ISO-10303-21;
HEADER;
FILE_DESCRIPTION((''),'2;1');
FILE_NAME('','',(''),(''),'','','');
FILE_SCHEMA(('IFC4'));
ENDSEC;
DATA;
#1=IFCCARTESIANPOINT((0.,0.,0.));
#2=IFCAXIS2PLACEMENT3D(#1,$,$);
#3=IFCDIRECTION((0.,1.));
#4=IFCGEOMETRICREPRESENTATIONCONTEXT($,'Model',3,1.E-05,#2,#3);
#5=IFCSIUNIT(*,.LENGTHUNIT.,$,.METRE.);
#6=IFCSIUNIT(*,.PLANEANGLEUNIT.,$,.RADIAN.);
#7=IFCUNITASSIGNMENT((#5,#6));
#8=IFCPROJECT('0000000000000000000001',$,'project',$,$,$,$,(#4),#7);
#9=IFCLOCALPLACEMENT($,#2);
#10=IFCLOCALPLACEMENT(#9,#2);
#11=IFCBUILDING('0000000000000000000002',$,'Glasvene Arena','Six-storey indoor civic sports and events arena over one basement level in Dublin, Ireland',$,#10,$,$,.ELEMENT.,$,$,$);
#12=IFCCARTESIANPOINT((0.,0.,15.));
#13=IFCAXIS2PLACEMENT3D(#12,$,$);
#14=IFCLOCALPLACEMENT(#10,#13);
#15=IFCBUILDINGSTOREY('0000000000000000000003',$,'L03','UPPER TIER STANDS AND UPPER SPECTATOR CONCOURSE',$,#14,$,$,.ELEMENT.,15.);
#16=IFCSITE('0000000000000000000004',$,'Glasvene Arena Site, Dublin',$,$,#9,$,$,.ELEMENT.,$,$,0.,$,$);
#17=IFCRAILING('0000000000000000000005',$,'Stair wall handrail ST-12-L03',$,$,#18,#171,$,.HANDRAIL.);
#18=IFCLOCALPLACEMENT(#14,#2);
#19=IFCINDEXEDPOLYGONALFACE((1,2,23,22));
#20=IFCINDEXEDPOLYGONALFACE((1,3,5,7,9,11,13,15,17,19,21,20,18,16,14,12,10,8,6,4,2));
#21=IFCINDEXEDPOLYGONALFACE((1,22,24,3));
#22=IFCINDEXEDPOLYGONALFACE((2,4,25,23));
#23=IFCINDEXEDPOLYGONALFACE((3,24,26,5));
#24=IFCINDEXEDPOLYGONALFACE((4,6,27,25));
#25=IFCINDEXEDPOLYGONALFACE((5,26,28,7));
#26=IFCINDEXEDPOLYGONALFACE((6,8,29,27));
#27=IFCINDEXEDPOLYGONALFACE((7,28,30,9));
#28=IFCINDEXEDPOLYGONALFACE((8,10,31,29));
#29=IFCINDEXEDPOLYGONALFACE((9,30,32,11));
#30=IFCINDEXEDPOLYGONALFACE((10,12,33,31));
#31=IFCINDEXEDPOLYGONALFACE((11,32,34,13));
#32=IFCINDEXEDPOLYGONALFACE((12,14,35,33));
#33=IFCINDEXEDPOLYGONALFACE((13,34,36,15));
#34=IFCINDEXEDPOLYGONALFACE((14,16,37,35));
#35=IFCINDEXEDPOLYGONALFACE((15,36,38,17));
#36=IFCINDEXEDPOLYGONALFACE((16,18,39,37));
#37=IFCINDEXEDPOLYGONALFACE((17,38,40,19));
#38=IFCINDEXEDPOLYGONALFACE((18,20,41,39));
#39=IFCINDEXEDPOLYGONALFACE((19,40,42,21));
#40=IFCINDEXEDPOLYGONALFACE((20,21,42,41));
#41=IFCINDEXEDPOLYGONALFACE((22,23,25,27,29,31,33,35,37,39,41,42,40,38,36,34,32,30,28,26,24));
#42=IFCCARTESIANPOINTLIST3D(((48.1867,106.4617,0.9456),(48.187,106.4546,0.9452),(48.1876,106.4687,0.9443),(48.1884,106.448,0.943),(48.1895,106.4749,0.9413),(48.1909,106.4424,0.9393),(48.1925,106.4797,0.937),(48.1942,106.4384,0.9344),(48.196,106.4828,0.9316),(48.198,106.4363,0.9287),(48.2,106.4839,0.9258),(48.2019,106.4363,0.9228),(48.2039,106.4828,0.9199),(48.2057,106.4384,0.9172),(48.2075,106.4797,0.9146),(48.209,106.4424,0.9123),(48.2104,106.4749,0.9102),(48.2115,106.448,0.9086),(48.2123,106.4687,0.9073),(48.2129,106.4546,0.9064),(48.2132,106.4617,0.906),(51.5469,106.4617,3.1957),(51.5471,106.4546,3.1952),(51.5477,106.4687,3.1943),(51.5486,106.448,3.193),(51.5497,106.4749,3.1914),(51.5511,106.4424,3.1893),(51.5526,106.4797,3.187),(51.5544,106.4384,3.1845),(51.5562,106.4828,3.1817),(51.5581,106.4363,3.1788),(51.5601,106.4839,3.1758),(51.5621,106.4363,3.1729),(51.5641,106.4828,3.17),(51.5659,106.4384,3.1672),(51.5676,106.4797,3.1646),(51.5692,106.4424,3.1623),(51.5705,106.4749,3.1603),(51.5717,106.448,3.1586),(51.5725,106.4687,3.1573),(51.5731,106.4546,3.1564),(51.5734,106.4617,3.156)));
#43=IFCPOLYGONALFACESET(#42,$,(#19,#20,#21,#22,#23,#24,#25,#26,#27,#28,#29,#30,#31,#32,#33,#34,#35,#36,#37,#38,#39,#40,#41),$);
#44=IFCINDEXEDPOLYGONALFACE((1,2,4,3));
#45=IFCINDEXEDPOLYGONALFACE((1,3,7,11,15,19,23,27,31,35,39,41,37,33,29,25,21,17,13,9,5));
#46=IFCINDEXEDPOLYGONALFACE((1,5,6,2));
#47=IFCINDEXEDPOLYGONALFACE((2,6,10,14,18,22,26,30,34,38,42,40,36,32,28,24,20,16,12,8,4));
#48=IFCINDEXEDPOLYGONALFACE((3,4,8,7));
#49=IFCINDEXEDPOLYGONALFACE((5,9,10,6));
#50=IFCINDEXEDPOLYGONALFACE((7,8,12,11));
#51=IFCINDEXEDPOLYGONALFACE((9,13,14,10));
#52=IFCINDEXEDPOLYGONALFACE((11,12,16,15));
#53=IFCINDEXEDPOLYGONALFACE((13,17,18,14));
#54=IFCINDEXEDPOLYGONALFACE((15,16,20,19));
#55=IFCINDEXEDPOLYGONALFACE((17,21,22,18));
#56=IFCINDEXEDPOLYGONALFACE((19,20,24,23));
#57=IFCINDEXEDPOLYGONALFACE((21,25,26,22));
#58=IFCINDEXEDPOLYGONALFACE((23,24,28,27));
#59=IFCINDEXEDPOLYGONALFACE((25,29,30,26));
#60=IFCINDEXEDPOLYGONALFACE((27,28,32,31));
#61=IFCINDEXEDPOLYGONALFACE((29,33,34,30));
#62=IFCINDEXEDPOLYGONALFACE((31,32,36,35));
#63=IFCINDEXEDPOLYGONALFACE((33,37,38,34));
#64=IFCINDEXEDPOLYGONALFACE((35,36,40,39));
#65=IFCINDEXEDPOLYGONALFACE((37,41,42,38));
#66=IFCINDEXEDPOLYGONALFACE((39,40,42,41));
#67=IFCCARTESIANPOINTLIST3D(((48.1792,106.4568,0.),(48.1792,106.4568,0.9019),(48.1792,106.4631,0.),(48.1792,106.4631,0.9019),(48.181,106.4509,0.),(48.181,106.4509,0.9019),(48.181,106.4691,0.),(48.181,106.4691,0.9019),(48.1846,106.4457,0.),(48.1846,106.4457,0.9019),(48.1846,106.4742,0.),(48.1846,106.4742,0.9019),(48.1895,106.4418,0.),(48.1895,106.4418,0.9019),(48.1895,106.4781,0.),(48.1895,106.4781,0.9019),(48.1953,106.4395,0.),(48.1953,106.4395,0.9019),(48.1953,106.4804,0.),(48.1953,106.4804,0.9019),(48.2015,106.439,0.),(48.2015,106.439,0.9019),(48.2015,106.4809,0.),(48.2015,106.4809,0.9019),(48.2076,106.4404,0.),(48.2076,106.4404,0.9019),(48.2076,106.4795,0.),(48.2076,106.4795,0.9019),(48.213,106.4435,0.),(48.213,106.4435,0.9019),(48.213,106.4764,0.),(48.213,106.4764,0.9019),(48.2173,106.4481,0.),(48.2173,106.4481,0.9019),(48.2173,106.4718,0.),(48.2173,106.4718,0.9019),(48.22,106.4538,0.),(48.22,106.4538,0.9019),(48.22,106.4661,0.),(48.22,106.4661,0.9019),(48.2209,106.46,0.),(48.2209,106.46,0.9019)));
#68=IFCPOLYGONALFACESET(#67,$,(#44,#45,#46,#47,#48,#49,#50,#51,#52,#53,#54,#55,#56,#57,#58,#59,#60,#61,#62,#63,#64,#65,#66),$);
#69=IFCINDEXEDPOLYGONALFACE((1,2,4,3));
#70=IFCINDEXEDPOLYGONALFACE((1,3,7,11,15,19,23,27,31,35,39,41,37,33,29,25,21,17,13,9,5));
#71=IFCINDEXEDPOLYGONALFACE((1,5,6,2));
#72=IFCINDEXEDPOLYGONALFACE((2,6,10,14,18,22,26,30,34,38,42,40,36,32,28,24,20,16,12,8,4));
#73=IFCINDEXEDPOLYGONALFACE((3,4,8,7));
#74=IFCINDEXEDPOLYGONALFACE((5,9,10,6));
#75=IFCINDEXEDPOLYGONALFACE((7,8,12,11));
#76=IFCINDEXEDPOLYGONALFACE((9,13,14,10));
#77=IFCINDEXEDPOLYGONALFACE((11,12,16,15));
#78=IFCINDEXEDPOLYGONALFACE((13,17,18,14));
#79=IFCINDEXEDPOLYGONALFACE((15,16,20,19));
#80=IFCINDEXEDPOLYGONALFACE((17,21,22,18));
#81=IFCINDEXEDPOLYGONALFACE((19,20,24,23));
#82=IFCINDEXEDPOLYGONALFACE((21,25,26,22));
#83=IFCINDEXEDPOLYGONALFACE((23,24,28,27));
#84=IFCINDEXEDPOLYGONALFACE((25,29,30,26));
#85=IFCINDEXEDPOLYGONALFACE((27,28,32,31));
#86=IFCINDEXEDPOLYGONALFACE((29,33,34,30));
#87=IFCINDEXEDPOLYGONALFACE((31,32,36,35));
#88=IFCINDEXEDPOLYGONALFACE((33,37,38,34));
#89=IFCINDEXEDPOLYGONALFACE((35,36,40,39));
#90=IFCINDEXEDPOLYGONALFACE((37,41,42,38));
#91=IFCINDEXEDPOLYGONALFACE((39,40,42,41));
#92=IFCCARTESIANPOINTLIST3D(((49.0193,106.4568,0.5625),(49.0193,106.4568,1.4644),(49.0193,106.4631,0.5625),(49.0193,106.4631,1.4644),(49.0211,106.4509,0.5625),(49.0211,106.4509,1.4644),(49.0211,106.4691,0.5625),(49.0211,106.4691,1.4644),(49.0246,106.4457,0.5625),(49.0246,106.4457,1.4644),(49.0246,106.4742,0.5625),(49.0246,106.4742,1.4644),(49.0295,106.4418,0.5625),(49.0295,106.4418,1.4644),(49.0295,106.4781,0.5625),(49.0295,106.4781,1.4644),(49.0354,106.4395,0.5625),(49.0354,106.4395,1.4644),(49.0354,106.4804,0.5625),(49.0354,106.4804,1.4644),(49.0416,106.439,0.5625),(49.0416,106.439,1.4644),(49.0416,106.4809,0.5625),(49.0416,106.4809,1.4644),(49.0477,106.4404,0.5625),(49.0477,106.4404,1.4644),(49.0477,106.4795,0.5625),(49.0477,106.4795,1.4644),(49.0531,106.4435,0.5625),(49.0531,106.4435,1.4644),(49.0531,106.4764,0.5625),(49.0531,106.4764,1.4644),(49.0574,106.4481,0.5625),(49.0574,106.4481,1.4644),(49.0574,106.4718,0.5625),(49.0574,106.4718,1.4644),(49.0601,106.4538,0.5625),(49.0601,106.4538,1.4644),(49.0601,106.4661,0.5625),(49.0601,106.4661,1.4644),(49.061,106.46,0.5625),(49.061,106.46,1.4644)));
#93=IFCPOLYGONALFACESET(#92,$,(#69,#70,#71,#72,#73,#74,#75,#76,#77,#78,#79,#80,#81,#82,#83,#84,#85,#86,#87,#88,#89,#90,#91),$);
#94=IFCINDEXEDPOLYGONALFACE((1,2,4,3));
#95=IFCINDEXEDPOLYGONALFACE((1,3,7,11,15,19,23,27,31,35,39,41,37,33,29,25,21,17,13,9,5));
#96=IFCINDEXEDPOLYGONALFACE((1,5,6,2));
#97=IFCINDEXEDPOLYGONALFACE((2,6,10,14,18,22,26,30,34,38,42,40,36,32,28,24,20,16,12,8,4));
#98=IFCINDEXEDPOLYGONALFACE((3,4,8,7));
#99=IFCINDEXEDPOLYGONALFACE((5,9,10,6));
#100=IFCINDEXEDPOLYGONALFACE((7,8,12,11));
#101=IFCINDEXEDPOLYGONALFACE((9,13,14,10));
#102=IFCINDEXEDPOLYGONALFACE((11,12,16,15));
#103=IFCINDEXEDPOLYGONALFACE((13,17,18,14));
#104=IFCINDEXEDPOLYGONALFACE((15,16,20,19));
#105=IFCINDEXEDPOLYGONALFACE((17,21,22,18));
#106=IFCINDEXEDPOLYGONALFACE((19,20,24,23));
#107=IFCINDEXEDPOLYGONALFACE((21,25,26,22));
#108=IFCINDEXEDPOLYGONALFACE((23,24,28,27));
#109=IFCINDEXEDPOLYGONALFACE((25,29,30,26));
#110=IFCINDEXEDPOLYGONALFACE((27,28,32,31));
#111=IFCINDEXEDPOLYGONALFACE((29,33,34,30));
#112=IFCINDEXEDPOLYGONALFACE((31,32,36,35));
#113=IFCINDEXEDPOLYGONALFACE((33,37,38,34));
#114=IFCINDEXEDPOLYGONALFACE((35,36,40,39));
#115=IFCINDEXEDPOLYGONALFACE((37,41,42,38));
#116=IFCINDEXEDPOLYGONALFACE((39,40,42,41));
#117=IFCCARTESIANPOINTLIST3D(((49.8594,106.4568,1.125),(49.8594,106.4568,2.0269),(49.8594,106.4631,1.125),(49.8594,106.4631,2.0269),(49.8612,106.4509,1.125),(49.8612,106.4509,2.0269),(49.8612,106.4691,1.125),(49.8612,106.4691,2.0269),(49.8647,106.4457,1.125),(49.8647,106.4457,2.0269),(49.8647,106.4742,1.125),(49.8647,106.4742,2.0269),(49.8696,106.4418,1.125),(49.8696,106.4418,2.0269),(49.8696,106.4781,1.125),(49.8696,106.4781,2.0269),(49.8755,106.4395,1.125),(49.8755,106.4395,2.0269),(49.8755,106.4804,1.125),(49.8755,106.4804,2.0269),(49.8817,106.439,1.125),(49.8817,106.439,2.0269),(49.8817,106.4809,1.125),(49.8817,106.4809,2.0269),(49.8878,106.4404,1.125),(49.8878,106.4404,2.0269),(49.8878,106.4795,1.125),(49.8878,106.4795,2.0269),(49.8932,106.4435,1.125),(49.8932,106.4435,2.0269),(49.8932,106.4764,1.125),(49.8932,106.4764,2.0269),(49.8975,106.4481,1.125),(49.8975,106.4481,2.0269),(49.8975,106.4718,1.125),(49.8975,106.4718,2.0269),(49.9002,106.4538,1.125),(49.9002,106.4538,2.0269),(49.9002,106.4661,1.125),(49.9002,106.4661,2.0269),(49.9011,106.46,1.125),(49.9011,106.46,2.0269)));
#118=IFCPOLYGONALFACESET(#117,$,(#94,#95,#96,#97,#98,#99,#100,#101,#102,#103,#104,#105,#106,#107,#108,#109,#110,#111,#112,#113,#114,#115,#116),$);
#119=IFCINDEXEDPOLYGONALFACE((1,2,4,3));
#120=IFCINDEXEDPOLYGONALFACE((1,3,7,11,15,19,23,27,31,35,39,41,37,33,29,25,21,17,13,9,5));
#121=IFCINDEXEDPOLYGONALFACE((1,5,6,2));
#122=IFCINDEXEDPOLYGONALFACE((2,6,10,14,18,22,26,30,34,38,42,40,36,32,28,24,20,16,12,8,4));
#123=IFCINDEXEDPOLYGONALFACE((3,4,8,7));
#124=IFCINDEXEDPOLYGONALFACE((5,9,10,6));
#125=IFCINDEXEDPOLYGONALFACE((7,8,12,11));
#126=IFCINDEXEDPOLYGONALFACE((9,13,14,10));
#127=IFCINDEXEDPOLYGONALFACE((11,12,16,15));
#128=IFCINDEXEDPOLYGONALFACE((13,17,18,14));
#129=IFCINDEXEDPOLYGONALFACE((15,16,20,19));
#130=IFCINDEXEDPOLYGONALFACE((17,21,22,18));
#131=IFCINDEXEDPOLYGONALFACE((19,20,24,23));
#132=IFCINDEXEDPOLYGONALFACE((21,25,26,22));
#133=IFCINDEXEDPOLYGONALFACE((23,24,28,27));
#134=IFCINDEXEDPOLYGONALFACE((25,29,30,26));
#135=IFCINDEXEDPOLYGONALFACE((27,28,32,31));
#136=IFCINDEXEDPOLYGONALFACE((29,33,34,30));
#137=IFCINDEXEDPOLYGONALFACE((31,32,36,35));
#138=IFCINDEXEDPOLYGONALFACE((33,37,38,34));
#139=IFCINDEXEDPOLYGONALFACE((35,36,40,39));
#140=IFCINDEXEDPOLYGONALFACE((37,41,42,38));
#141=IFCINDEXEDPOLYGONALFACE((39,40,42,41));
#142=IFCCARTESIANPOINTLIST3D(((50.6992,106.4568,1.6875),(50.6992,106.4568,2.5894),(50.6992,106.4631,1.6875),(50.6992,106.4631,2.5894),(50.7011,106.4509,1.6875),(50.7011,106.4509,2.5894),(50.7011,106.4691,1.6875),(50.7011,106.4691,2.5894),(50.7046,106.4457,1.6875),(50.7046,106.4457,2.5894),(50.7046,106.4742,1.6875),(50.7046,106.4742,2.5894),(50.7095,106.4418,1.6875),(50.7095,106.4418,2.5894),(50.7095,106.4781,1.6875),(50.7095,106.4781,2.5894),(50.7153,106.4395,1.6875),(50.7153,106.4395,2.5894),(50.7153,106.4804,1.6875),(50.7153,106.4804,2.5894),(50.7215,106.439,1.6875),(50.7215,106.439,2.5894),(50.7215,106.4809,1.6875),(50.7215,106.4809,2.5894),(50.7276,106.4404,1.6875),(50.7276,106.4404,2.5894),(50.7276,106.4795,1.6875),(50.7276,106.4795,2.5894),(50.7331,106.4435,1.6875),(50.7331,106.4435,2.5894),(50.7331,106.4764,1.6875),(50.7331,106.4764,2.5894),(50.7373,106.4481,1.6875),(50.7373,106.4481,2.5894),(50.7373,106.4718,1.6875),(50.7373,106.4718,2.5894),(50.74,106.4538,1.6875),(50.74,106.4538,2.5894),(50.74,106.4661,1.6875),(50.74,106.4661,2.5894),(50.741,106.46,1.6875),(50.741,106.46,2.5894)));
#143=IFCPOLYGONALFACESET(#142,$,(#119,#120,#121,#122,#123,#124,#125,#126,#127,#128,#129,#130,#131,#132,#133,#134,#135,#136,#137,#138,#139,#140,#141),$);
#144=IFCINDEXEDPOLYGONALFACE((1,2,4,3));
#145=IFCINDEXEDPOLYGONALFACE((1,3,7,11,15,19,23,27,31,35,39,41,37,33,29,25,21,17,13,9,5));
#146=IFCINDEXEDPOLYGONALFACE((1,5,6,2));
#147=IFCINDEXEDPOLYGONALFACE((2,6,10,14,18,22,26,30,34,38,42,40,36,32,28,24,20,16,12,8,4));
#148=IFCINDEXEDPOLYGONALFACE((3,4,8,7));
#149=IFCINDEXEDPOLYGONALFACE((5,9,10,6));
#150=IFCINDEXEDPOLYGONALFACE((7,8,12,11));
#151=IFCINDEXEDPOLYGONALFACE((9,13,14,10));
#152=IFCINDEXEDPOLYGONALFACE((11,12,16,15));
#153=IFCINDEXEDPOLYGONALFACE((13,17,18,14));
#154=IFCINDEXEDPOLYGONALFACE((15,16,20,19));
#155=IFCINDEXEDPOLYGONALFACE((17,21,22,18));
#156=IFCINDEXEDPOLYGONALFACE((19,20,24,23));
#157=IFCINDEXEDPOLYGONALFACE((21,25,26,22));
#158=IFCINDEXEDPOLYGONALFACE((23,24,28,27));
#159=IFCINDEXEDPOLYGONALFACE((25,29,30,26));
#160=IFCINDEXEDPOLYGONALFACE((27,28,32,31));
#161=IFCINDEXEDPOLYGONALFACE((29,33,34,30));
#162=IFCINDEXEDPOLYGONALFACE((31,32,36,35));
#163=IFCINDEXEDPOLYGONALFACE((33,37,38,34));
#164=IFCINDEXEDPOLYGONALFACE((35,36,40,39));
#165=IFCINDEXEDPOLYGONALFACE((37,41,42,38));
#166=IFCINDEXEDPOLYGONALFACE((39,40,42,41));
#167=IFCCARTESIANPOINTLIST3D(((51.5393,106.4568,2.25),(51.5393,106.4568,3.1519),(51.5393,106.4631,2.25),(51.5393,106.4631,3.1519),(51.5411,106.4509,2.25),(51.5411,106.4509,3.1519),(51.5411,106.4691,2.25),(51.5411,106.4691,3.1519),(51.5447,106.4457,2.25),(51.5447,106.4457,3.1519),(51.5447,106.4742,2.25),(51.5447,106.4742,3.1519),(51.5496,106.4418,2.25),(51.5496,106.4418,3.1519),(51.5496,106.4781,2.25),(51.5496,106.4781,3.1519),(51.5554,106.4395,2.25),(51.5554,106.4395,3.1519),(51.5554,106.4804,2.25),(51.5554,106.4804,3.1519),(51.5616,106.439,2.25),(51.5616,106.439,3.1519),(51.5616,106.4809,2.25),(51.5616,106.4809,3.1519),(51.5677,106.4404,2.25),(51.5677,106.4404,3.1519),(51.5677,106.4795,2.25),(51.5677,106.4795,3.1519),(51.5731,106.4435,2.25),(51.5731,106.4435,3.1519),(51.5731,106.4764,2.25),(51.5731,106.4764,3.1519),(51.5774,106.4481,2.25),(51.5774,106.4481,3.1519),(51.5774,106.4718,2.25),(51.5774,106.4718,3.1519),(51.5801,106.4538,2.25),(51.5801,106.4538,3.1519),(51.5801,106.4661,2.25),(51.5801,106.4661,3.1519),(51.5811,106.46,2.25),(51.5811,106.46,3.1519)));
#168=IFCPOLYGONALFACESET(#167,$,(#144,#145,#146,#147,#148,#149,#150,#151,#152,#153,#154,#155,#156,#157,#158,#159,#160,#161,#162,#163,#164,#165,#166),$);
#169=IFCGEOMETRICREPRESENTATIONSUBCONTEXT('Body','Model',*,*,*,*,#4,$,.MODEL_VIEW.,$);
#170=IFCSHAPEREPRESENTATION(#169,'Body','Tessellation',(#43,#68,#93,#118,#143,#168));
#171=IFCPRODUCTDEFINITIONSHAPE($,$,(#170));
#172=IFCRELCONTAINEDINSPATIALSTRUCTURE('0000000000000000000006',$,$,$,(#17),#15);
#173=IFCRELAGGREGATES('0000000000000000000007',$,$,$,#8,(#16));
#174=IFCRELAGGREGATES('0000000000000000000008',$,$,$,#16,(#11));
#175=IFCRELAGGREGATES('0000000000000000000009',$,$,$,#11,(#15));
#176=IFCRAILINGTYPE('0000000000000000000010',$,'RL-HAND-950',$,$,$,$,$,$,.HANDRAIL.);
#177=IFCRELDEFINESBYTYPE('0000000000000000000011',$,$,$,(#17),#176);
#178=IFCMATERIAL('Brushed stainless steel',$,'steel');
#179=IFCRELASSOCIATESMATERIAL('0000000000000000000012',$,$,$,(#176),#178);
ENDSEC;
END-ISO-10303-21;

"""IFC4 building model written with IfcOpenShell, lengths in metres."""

from ifc_helpers import new_model, si_unit, direction, frame, origin, origin_2d, place, context, subcontext, project, spatial, circle, extrude, material, type_object, element, save


model = new_model("IFC4")

# Units and contexts
model_context = context("Model", 3, precision=1e-05, world=origin(), true_north=direction((0.0, 1.0)))
body_context = subcontext(model_context, "Body", "Model", "MODEL_VIEW")
ifc_project = project(units=[si_unit("LENGTHUNIT", "METRE"), si_unit("PLANEANGLEUNIT", "RADIAN")], contexts=[model_context])

# Site, building, storey
site_placement = place(None, origin())
site = spatial("IfcSite", under=ifc_project, at=site_placement, Name="Glasvene Arena Site, Dublin", CompositionType="ELEMENT", RefElevation=0.0)
building_placement = place(site_placement, origin())
building = spatial("IfcBuilding", under=site, at=building_placement, Name="Glasvene Arena", Description="Six-storey indoor civic sports and events arena over one basement level in Dublin, Ireland", CompositionType="ELEMENT")
storey_placement = place(building_placement, frame((0.0, 0.0, 15.0)))
storey = spatial("IfcBuildingStorey", under=building, at=storey_placement, Name="L03", Description="UPPER TIER STANDS AND UPPER SPECTATOR CONCOURSE", CompositionType="ELEMENT", Elevation=15.0)

# Railing
ifc_material_1 = material(Name="Brushed stainless steel", Category="steel")
railing_type = type_object("IfcRailingType", Name="RL-HAND-950", PredefinedType="HANDRAIL", material=ifc_material_1)
railing_placement = place(storey_placement, frame((48.2, 106.46, 0.0)))
element("IfcRailing", 1, at=railing_placement, inside=storey, type_object=railing_type, Name="Stair wall handrail ST-12-L03", PredefinedType="HANDRAIL", context=body_context, shape_type="SweptSolid", body=[
    extrude(circle(Radius=0.0239, at=origin_2d()), frame((0.0, 0.0, 0.9258), z_axis=(0.830915, 0.0, 0.556399), x_axis=(0.0, 1.0, 0.0)), (0.0, 0.0, 1.0), 4.0439),
    extrude(circle(Radius=0.021, at=origin_2d()), origin(), (0.0, 0.0, 1.0), 0.9019),
    extrude(circle(Radius=0.021, at=origin_2d()), frame((0.8401, 0.0, 0.5625)), (0.0, 0.0, 1.0), 0.9019),
    extrude(circle(Radius=0.021, at=origin_2d()), frame((1.6802, 0.0, 1.125)), (0.0, 0.0, 1.0), 0.9019),
    extrude(circle(Radius=0.021, at=origin_2d()), frame((2.52, 0.0, 1.6875)), (0.0, 0.0, 1.0), 0.9019),
    extrude(circle(Radius=0.021, at=origin_2d()), frame((3.3601, 0.0, 2.25)), (0.0, 0.0, 1.0), 0.9019),
])

save(model, "model.ifc")
